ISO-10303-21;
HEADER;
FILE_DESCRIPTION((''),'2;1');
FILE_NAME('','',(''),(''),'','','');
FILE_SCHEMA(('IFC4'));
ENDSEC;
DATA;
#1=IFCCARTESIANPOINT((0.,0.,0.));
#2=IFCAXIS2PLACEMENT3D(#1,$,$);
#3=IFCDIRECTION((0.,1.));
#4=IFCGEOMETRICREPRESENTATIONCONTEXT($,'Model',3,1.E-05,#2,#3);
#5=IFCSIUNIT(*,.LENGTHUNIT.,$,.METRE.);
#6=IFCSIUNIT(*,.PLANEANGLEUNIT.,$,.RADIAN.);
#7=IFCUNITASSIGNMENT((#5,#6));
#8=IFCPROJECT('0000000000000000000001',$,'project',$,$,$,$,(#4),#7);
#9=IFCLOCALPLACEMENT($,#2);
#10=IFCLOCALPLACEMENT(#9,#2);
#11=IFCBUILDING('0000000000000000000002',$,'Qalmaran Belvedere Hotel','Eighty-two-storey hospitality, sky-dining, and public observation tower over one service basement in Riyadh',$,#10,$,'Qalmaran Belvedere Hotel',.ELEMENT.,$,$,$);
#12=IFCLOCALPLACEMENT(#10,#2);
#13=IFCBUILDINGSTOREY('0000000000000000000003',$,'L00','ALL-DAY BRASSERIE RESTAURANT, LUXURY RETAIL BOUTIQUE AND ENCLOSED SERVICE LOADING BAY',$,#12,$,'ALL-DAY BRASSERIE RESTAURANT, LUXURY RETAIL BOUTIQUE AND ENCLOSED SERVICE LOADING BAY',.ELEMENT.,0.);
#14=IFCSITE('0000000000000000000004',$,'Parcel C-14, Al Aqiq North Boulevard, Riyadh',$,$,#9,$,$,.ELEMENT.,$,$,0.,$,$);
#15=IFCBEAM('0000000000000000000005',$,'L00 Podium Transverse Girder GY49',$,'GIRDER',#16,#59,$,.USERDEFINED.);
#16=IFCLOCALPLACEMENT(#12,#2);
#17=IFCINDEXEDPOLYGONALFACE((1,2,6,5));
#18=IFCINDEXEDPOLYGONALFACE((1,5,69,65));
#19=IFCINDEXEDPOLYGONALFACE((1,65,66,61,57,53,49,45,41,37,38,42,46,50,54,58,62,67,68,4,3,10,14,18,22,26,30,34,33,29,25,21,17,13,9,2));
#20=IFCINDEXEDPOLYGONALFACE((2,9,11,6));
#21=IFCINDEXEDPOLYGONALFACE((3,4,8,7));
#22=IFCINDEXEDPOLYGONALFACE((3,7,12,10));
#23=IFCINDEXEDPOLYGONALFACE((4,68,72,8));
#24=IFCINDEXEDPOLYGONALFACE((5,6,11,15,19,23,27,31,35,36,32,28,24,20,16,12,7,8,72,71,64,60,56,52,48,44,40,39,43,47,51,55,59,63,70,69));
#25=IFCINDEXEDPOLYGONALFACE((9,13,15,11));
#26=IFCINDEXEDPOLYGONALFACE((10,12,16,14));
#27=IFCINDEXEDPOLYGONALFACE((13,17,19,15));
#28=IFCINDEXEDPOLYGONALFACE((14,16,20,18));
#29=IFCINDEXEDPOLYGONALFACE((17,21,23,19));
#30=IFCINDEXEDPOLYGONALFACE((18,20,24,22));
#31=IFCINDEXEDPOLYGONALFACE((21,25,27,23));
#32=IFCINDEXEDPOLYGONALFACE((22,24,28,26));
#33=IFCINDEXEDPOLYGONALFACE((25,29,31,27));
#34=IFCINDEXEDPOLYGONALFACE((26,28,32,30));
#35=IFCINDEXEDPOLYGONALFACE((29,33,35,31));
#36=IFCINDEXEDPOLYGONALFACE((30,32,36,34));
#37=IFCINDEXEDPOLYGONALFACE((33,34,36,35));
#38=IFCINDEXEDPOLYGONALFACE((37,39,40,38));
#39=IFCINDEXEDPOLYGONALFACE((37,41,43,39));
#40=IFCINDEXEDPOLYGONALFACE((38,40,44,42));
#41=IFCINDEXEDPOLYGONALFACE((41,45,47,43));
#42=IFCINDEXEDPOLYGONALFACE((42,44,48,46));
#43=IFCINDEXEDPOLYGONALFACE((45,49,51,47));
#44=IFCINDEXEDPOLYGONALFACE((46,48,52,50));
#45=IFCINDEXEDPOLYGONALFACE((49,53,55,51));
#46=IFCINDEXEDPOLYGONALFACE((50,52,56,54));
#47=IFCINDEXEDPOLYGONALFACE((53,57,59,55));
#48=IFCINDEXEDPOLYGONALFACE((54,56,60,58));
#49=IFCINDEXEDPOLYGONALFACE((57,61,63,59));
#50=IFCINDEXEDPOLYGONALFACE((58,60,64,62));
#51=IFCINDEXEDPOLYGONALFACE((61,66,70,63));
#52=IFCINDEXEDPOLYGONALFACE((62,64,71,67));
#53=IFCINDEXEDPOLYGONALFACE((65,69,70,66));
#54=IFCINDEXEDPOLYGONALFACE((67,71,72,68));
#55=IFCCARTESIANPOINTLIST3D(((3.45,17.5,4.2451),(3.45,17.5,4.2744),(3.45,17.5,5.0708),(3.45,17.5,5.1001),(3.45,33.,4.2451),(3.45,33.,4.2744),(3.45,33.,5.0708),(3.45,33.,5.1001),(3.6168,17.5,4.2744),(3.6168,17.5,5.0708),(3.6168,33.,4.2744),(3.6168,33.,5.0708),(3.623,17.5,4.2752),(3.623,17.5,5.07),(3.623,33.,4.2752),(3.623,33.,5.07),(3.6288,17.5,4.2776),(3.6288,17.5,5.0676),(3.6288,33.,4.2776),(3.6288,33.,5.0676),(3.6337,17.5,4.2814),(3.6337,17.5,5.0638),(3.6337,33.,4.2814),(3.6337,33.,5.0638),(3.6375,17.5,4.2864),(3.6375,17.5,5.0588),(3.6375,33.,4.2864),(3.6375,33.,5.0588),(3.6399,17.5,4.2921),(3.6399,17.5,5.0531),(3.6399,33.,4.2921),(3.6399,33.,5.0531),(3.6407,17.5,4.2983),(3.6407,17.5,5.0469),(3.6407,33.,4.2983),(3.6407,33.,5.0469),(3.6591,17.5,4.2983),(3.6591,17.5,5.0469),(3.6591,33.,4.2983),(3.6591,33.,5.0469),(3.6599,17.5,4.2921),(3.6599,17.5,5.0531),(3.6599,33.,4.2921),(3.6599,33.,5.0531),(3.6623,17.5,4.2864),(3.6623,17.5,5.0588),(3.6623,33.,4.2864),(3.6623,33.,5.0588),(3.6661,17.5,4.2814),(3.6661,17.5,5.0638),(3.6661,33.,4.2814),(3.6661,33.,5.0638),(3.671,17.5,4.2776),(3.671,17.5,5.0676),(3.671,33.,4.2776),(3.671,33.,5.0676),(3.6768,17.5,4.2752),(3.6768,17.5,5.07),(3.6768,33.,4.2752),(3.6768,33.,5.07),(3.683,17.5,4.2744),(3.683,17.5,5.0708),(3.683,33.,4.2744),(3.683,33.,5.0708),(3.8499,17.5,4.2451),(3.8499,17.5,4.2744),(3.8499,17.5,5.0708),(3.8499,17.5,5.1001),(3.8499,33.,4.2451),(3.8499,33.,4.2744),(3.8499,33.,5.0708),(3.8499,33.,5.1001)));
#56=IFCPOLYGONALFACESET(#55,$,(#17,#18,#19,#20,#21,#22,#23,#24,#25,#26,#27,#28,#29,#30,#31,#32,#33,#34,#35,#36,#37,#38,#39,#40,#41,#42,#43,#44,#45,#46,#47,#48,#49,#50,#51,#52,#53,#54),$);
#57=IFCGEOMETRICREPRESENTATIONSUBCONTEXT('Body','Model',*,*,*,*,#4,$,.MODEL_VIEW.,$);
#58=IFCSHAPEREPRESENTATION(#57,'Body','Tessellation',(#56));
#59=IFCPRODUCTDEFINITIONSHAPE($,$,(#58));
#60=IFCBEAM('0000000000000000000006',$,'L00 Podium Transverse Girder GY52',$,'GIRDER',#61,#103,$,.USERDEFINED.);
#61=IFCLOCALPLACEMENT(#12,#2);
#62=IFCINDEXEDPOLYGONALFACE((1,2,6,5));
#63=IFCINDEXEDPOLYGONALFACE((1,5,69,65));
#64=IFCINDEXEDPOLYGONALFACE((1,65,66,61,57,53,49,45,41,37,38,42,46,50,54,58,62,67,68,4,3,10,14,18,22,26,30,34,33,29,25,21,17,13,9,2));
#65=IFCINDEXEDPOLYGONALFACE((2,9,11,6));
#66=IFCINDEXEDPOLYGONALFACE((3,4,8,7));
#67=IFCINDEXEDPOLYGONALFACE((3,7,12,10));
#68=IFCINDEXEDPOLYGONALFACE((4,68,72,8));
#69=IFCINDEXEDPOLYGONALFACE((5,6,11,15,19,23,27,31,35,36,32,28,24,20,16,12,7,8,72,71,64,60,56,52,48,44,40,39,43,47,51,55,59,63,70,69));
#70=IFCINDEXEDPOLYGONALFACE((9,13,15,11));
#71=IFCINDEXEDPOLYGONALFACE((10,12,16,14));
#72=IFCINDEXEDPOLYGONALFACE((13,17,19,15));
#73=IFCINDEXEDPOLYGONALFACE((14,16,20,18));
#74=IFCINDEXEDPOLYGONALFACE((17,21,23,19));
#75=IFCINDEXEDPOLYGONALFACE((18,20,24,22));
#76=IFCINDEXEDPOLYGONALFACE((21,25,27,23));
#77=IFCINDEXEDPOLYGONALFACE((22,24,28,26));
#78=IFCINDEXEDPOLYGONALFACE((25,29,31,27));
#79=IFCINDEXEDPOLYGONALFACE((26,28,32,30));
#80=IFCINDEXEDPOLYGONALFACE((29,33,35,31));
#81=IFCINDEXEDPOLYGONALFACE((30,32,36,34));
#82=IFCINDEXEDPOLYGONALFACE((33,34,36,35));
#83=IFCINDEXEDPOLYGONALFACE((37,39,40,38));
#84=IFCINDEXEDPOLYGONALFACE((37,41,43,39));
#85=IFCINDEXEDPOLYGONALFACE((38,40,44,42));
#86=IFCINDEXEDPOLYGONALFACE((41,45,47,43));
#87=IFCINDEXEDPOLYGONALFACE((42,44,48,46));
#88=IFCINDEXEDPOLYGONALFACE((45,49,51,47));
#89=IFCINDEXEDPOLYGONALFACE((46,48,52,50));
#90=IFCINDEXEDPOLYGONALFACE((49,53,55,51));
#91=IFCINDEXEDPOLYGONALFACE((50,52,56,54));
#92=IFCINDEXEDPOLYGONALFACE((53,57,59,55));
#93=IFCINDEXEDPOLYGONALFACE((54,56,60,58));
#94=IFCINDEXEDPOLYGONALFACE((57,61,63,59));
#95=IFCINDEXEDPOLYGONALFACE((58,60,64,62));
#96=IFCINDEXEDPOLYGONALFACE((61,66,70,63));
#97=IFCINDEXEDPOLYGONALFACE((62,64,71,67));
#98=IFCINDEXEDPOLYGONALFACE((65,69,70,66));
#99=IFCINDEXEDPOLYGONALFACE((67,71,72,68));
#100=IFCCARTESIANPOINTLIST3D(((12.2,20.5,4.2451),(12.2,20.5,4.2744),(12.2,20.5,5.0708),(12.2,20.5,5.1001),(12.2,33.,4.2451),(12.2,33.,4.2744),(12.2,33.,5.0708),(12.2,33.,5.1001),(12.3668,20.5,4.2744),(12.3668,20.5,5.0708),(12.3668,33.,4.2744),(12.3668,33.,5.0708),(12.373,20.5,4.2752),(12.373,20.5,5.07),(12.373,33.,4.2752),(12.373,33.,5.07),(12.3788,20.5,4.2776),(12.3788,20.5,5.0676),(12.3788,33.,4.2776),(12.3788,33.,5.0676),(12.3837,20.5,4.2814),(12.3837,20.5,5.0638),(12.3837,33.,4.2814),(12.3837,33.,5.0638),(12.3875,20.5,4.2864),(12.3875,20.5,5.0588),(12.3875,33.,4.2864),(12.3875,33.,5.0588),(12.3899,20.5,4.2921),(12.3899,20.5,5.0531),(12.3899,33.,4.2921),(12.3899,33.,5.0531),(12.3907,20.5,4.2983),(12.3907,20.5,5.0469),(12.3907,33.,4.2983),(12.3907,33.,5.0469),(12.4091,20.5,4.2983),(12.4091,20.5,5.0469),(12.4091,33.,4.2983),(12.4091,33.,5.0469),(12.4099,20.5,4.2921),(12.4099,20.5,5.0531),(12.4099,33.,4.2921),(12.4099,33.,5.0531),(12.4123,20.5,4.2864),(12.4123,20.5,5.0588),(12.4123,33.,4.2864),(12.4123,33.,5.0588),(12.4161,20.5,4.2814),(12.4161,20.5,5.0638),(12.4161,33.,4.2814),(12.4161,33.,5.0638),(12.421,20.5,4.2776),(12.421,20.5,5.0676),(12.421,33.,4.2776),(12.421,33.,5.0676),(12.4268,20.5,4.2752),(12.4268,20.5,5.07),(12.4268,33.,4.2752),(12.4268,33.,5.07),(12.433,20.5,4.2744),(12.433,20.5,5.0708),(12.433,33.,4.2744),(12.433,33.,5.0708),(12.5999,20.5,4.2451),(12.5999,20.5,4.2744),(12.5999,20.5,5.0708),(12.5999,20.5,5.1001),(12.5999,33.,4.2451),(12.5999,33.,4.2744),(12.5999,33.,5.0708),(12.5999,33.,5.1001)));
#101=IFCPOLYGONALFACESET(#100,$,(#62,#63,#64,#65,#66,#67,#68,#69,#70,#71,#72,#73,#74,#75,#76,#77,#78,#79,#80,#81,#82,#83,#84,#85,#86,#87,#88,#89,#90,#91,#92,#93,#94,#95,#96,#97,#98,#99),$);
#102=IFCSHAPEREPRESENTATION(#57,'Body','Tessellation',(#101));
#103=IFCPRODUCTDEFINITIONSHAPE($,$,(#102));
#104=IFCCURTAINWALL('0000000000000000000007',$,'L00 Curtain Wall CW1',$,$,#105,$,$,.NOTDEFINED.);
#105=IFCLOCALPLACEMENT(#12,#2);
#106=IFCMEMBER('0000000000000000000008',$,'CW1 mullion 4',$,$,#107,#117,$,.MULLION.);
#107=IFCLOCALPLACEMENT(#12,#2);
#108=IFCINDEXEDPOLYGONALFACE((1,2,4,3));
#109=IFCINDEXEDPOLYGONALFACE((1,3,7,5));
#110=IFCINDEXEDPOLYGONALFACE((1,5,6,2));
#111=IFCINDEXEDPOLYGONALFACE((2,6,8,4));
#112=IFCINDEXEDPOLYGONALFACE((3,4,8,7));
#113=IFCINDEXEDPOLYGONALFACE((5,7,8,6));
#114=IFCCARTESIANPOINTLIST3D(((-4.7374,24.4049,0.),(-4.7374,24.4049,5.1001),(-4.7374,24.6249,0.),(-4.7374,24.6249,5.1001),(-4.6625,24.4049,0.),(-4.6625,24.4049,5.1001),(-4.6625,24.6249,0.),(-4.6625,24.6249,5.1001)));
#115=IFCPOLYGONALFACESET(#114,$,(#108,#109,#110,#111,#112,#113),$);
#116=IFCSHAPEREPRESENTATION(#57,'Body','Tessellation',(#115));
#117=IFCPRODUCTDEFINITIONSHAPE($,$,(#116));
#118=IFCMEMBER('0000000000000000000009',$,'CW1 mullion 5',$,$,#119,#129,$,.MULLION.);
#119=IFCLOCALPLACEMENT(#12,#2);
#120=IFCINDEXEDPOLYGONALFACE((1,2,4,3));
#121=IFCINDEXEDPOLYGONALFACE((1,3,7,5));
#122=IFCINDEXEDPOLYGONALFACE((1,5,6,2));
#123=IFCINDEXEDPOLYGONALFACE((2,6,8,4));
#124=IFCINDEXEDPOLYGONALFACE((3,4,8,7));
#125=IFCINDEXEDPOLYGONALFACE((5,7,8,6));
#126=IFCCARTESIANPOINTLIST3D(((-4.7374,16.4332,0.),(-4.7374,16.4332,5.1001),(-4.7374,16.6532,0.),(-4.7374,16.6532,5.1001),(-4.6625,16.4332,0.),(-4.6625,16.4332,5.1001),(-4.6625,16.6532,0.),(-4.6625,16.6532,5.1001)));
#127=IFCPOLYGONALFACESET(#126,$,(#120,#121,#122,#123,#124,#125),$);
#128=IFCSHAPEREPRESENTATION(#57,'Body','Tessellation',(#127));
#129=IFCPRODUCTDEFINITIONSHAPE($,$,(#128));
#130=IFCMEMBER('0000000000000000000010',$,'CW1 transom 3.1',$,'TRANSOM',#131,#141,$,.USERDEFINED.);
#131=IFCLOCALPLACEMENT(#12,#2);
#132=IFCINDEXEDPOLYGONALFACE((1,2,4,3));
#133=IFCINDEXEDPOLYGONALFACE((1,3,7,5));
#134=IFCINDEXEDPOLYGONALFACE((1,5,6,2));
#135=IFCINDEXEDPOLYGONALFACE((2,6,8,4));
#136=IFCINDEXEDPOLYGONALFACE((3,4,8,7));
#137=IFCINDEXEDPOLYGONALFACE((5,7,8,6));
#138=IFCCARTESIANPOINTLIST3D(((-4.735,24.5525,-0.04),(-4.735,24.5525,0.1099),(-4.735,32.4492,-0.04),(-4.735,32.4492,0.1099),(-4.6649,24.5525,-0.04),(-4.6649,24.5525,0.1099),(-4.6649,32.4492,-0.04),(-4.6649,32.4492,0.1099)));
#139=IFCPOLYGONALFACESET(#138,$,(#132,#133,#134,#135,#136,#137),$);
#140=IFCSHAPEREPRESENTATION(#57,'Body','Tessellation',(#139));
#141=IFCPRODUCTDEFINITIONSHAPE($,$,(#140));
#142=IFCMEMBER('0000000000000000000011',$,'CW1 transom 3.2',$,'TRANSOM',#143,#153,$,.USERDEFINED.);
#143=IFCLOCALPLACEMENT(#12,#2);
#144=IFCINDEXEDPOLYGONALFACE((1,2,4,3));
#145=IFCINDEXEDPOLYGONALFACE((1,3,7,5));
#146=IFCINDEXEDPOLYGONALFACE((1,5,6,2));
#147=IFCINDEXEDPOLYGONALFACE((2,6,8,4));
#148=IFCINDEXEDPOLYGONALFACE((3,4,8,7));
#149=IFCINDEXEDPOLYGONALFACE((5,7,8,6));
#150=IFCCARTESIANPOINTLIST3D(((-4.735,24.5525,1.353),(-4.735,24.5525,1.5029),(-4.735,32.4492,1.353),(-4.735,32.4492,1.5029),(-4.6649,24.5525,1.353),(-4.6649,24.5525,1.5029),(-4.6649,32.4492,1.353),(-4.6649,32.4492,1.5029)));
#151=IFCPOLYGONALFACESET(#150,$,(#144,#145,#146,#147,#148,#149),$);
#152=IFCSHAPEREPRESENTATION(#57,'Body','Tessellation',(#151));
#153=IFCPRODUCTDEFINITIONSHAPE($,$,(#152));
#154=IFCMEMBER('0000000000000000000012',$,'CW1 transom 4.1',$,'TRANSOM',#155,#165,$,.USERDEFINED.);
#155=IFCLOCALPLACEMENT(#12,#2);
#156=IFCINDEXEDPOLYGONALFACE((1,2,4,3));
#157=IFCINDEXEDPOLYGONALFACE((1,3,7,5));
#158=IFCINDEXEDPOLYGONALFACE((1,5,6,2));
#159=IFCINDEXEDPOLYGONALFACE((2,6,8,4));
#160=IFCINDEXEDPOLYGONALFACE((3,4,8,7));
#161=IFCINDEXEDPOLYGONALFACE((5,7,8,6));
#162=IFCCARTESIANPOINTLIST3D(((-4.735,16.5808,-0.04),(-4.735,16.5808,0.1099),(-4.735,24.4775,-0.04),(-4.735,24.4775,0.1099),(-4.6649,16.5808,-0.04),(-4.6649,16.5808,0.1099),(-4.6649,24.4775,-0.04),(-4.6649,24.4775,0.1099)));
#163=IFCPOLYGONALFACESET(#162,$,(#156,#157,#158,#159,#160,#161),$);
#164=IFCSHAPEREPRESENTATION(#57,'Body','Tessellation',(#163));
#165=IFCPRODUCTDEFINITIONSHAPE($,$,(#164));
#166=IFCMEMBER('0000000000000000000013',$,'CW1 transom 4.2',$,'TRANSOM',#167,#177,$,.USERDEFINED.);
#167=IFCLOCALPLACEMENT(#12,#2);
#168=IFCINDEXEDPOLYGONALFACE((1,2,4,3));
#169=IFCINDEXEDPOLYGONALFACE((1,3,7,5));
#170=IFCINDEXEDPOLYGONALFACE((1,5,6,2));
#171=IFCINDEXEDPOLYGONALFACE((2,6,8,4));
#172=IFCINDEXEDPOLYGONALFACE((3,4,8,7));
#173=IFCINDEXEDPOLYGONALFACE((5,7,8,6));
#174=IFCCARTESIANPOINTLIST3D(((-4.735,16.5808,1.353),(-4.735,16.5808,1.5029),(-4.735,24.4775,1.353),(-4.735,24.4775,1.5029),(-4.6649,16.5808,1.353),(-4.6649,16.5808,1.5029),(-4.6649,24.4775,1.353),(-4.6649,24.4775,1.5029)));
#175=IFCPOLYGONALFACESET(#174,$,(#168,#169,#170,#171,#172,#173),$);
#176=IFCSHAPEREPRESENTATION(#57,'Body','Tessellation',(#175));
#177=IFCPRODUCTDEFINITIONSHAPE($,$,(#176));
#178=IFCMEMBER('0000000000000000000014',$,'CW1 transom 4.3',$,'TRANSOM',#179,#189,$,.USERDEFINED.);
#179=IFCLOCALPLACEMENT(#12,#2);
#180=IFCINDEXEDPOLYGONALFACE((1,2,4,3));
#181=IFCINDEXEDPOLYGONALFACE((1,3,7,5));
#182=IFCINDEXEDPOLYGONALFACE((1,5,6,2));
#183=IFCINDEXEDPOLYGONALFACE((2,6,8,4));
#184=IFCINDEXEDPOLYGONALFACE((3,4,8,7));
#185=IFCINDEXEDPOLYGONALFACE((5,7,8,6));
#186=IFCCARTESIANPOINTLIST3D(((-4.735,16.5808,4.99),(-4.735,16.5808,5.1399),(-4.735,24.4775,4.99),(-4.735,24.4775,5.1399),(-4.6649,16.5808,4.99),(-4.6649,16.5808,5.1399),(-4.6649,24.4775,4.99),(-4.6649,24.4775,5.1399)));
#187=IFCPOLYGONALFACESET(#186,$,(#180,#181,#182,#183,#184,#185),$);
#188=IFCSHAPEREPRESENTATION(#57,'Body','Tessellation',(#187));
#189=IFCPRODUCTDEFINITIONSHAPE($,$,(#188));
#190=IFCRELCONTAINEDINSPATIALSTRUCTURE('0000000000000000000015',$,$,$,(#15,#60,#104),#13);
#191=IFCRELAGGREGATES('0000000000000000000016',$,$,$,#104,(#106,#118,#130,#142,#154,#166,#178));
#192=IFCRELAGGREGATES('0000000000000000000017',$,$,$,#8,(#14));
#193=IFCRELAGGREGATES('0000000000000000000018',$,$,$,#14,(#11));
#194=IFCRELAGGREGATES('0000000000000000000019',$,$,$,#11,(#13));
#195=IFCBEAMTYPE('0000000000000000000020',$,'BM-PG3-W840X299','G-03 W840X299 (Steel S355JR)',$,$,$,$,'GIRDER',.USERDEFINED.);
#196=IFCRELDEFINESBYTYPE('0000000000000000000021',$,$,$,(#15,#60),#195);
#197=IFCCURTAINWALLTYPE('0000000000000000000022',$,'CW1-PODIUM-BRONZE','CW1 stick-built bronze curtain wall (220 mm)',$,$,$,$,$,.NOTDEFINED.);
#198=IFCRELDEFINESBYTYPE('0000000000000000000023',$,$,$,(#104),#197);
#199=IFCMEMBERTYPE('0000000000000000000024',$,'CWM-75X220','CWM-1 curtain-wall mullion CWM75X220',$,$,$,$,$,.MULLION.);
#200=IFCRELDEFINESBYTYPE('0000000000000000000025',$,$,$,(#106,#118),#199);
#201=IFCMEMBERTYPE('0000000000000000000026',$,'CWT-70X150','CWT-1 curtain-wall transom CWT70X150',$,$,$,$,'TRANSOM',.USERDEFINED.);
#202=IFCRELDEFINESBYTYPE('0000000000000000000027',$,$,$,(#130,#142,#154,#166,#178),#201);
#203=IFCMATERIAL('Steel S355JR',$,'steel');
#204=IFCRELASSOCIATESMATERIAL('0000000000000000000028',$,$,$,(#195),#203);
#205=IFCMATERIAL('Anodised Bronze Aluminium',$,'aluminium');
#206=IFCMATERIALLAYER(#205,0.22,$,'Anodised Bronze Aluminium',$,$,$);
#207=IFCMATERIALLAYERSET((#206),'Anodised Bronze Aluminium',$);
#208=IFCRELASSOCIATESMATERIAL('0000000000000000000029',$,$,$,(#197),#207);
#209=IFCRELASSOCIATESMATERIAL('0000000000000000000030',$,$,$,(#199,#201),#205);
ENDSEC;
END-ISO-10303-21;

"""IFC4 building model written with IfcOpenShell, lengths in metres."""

from ifc_helpers import new_model, si_unit, direction, frame, origin, origin_2d, place, context, subcontext, project, spatial, rectangle, i_section, extrude, material, layer, layer_set, material_profile, profile_set, type_object, element, aggregate, save


model = new_model("IFC4")

# Units and contexts
model_context = context("Model", 3, precision=1e-05, world=origin(), true_north=direction((0.0, 1.0)))
body_context = subcontext(model_context, "Body", "Model", "MODEL_VIEW")
ifc_project = project(units=[si_unit("LENGTHUNIT", "METRE"), si_unit("PLANEANGLEUNIT", "RADIAN")], contexts=[model_context])

# Site, building, storey
site_placement = place(None, origin())
site = spatial("IfcSite", under=ifc_project, at=site_placement, Name="Parcel C-14, Al Aqiq North Boulevard, Riyadh", CompositionType="ELEMENT", RefElevation=0.0)
building_placement = place(site_placement, origin())
building = spatial("IfcBuilding", under=site, at=building_placement, Name="Qalmaran Belvedere Hotel", Description="Eighty-two-storey hospitality, sky-dining, and public observation tower over one service basement in Riyadh", LongName="Qalmaran Belvedere Hotel", CompositionType="ELEMENT")
storey_placement = place(building_placement, origin())
storey = spatial("IfcBuildingStorey", under=building, at=storey_placement, Name="L00", Description="ALL-DAY BRASSERIE RESTAURANT, LUXURY RETAIL BOUTIQUE AND ENCLOSED SERVICE LOADING BAY", LongName="ALL-DAY BRASSERIE RESTAURANT, LUXURY RETAIL BOUTIQUE AND ENCLOSED SERVICE LOADING BAY", CompositionType="ELEMENT", Elevation=0.0)

# Beams
ifc_material_1 = material(Name="Steel S355JR", Category="steel")
ifc_material_profile_1 = material_profile(ifc_material_1, i_section(OverallWidth=0.3999, OverallDepth=0.855, WebThickness=0.0183, FlangeThickness=0.0293, FilletRadius=0.0239, at=origin_2d()), Name="W840X299")
ifc_profile_set_1 = profile_set([ifc_material_profile_1], Name="Steel S355JR")
beam_type_1 = type_object("IfcBeamType", Name="BM-PG3-W840X299", Description="G-03 W840X299 (Steel S355JR)", ElementType="GIRDER", PredefinedType="USERDEFINED", material=ifc_profile_set_1)
for number, where, z_axis, x_axis, name in (
    (1, (3.6499, 17.5, 4.6726), (0.0, 1.0, 0.0), (-1.0, 0.0, 0.0), "L00 Podium Transverse Girder GY49"),
):
    element("IfcBeam", number, at=place(storey_placement, frame(where, z_axis=z_axis, x_axis=x_axis)), inside=storey, type_object=beam_type_1, Name=name, ObjectType="GIRDER", PredefinedType="USERDEFINED", context=body_context, shape_type="SweptSolid", body=[
        extrude(i_section(OverallWidth=0.3999, OverallDepth=0.855, WebThickness=0.0183, FlangeThickness=0.0293, FilletRadius=0.0239, at=origin_2d()), origin(), (0.0, 0.0, 1.0), 15.5),
    ])
beam_1_placement = place(storey_placement, frame((12.3999, 20.5, 4.6726), z_axis=(0.0, 1.0, 0.0), x_axis=(-1.0, 0.0, 0.0)))
element("IfcBeam", 2, at=beam_1_placement, inside=storey, type_object=beam_type_1, Name="L00 Podium Transverse Girder GY52", ObjectType="GIRDER", PredefinedType="USERDEFINED", context=body_context, shape_type="SweptSolid", body=[
    extrude(i_section(OverallWidth=0.3999, OverallDepth=0.855, WebThickness=0.0183, FlangeThickness=0.0293, FilletRadius=0.0239, at=origin_2d()), origin(), (0.0, 0.0, 1.0), 12.5),
])

# Curtain wall, members
ifc_material_2 = material(Name="Anodised Bronze Aluminium", Category="aluminium")
ifc_layer_1 = layer(ifc_material_2, 0.22, Name="Anodised Bronze Aluminium")
ifc_layer_set_1 = layer_set([ifc_layer_1], Name="Anodised Bronze Aluminium")
curtain_wall_type = type_object("IfcCurtainWallType", Name="CW1-PODIUM-BRONZE", Description="CW1 stick-built bronze curtain wall (220 mm)", PredefinedType="NOTDEFINED", material=ifc_layer_set_1)
curtain_wall_placement = place(storey_placement, origin())
curtain_wall = element("IfcCurtainWall", 3, at=curtain_wall_placement, inside=storey, type_object=curtain_wall_type, Name="L00 Curtain Wall CW1", PredefinedType="NOTDEFINED")
ifc_material_profile_2 = material_profile(ifc_material_2, rectangle(XDim=0.075, YDim=0.22, at=origin_2d()), Name="CWM75X220")
ifc_profile_set_2 = profile_set([ifc_material_profile_2], Name="Anodised Bronze Aluminium")
member_type_1 = type_object("IfcMemberType", Name="CWM-75X220", Description="CWM-1 curtain-wall mullion CWM75X220", PredefinedType="MULLION", material=ifc_profile_set_2)
member_1_placement = place(storey_placement, frame((-4.7, 24.5149, 0.0), z_axis=(0.0, 0.0, 1.0), x_axis=(1.0, 0.0, 0.0)))
member_1 = element("IfcMember", 4, at=member_1_placement, type_object=member_type_1, Name="CW1 mullion 4", PredefinedType="MULLION", context=body_context, shape_type="SweptSolid", body=[
    extrude(rectangle(XDim=0.075, YDim=0.22, at=origin_2d()), origin(), (0.0, 0.0, 1.0), 5.1001),
])
member_2_placement = place(storey_placement, frame((-4.7, 16.5432, 0.0), z_axis=(0.0, 0.0, 1.0), x_axis=(1.0, 0.0, 0.0)))
member_2 = element("IfcMember", 5, at=member_2_placement, type_object=member_type_1, Name="CW1 mullion 5", PredefinedType="MULLION", context=body_context, shape_type="SweptSolid", body=[
    extrude(rectangle(XDim=0.075, YDim=0.22, at=origin_2d()), origin(), (0.0, 0.0, 1.0), 5.1001),
])
ifc_material_profile_3 = material_profile(ifc_material_2, rectangle(XDim=0.0701, YDim=0.1499, at=origin_2d()), Name="CWT70X150")
ifc_profile_set_3 = profile_set([ifc_material_profile_3], Name="Anodised Bronze Aluminium")
member_type_2 = type_object("IfcMemberType", Name="CWT-70X150", Description="CWT-1 curtain-wall transom CWT70X150", ElementType="TRANSOM", PredefinedType="USERDEFINED", material=ifc_profile_set_3)
member_3_placement = place(storey_placement, frame((-4.7, 32.4492, 0.0349), z_axis=(0.0, -1.0, 0.0), x_axis=(1.0, 0.0, 0.0)))
member_3 = element("IfcMember", 6, at=member_3_placement, type_object=member_type_2, Name="CW1 transom 3.1", ObjectType="TRANSOM", PredefinedType="USERDEFINED", context=body_context, shape_type="SweptSolid", body=[
    extrude(rectangle(XDim=0.0701, YDim=0.1499, at=origin_2d()), origin(), (0.0, 0.0, 1.0), 7.8967),
])
member_4_placement = place(storey_placement, frame((-4.7, 32.4492, 1.428), z_axis=(0.0, -1.0, 0.0), x_axis=(1.0, 0.0, 0.0)))
member_4 = element("IfcMember", 7, at=member_4_placement, type_object=member_type_2, Name="CW1 transom 3.2", ObjectType="TRANSOM", PredefinedType="USERDEFINED", context=body_context, shape_type="SweptSolid", body=[
    extrude(rectangle(XDim=0.0701, YDim=0.1499, at=origin_2d()), origin(), (0.0, 0.0, 1.0), 7.8967),
])
member_5_placement = place(storey_placement, frame((-4.7, 24.4775, 0.0349), z_axis=(0.0, -1.0, 0.0), x_axis=(1.0, 0.0, 0.0)))
member_5 = element("IfcMember", 8, at=member_5_placement, type_object=member_type_2, Name="CW1 transom 4.1", ObjectType="TRANSOM", PredefinedType="USERDEFINED", context=body_context, shape_type="SweptSolid", body=[
    extrude(rectangle(XDim=0.0701, YDim=0.1499, at=origin_2d()), origin(), (0.0, 0.0, 1.0), 7.8967),
])
member_6_placement = place(storey_placement, frame((-4.7, 24.4775, 1.428), z_axis=(0.0, -1.0, 0.0), x_axis=(1.0, 0.0, 0.0)))
member_6 = element("IfcMember", 9, at=member_6_placement, type_object=member_type_2, Name="CW1 transom 4.2", ObjectType="TRANSOM", PredefinedType="USERDEFINED", context=body_context, shape_type="SweptSolid", body=[
    extrude(rectangle(XDim=0.0701, YDim=0.1499, at=origin_2d()), origin(), (0.0, 0.0, 1.0), 7.8967),
])
member_7_placement = place(storey_placement, frame((-4.7, 24.4775, 5.0649), z_axis=(0.0, -1.0, 0.0), x_axis=(1.0, 0.0, 0.0)))
member_7 = element("IfcMember", 10, at=member_7_placement, type_object=member_type_2, Name="CW1 transom 4.3", ObjectType="TRANSOM", PredefinedType="USERDEFINED", context=body_context, shape_type="SweptSolid", body=[
    extrude(rectangle(XDim=0.0701, YDim=0.1499, at=origin_2d()), origin(), (0.0, 0.0, 1.0), 7.8967),
])
aggregate(curtain_wall, [member_1, member_2, member_3, member_4, member_5, member_6, member_7])

save(model, "model.ifc")
